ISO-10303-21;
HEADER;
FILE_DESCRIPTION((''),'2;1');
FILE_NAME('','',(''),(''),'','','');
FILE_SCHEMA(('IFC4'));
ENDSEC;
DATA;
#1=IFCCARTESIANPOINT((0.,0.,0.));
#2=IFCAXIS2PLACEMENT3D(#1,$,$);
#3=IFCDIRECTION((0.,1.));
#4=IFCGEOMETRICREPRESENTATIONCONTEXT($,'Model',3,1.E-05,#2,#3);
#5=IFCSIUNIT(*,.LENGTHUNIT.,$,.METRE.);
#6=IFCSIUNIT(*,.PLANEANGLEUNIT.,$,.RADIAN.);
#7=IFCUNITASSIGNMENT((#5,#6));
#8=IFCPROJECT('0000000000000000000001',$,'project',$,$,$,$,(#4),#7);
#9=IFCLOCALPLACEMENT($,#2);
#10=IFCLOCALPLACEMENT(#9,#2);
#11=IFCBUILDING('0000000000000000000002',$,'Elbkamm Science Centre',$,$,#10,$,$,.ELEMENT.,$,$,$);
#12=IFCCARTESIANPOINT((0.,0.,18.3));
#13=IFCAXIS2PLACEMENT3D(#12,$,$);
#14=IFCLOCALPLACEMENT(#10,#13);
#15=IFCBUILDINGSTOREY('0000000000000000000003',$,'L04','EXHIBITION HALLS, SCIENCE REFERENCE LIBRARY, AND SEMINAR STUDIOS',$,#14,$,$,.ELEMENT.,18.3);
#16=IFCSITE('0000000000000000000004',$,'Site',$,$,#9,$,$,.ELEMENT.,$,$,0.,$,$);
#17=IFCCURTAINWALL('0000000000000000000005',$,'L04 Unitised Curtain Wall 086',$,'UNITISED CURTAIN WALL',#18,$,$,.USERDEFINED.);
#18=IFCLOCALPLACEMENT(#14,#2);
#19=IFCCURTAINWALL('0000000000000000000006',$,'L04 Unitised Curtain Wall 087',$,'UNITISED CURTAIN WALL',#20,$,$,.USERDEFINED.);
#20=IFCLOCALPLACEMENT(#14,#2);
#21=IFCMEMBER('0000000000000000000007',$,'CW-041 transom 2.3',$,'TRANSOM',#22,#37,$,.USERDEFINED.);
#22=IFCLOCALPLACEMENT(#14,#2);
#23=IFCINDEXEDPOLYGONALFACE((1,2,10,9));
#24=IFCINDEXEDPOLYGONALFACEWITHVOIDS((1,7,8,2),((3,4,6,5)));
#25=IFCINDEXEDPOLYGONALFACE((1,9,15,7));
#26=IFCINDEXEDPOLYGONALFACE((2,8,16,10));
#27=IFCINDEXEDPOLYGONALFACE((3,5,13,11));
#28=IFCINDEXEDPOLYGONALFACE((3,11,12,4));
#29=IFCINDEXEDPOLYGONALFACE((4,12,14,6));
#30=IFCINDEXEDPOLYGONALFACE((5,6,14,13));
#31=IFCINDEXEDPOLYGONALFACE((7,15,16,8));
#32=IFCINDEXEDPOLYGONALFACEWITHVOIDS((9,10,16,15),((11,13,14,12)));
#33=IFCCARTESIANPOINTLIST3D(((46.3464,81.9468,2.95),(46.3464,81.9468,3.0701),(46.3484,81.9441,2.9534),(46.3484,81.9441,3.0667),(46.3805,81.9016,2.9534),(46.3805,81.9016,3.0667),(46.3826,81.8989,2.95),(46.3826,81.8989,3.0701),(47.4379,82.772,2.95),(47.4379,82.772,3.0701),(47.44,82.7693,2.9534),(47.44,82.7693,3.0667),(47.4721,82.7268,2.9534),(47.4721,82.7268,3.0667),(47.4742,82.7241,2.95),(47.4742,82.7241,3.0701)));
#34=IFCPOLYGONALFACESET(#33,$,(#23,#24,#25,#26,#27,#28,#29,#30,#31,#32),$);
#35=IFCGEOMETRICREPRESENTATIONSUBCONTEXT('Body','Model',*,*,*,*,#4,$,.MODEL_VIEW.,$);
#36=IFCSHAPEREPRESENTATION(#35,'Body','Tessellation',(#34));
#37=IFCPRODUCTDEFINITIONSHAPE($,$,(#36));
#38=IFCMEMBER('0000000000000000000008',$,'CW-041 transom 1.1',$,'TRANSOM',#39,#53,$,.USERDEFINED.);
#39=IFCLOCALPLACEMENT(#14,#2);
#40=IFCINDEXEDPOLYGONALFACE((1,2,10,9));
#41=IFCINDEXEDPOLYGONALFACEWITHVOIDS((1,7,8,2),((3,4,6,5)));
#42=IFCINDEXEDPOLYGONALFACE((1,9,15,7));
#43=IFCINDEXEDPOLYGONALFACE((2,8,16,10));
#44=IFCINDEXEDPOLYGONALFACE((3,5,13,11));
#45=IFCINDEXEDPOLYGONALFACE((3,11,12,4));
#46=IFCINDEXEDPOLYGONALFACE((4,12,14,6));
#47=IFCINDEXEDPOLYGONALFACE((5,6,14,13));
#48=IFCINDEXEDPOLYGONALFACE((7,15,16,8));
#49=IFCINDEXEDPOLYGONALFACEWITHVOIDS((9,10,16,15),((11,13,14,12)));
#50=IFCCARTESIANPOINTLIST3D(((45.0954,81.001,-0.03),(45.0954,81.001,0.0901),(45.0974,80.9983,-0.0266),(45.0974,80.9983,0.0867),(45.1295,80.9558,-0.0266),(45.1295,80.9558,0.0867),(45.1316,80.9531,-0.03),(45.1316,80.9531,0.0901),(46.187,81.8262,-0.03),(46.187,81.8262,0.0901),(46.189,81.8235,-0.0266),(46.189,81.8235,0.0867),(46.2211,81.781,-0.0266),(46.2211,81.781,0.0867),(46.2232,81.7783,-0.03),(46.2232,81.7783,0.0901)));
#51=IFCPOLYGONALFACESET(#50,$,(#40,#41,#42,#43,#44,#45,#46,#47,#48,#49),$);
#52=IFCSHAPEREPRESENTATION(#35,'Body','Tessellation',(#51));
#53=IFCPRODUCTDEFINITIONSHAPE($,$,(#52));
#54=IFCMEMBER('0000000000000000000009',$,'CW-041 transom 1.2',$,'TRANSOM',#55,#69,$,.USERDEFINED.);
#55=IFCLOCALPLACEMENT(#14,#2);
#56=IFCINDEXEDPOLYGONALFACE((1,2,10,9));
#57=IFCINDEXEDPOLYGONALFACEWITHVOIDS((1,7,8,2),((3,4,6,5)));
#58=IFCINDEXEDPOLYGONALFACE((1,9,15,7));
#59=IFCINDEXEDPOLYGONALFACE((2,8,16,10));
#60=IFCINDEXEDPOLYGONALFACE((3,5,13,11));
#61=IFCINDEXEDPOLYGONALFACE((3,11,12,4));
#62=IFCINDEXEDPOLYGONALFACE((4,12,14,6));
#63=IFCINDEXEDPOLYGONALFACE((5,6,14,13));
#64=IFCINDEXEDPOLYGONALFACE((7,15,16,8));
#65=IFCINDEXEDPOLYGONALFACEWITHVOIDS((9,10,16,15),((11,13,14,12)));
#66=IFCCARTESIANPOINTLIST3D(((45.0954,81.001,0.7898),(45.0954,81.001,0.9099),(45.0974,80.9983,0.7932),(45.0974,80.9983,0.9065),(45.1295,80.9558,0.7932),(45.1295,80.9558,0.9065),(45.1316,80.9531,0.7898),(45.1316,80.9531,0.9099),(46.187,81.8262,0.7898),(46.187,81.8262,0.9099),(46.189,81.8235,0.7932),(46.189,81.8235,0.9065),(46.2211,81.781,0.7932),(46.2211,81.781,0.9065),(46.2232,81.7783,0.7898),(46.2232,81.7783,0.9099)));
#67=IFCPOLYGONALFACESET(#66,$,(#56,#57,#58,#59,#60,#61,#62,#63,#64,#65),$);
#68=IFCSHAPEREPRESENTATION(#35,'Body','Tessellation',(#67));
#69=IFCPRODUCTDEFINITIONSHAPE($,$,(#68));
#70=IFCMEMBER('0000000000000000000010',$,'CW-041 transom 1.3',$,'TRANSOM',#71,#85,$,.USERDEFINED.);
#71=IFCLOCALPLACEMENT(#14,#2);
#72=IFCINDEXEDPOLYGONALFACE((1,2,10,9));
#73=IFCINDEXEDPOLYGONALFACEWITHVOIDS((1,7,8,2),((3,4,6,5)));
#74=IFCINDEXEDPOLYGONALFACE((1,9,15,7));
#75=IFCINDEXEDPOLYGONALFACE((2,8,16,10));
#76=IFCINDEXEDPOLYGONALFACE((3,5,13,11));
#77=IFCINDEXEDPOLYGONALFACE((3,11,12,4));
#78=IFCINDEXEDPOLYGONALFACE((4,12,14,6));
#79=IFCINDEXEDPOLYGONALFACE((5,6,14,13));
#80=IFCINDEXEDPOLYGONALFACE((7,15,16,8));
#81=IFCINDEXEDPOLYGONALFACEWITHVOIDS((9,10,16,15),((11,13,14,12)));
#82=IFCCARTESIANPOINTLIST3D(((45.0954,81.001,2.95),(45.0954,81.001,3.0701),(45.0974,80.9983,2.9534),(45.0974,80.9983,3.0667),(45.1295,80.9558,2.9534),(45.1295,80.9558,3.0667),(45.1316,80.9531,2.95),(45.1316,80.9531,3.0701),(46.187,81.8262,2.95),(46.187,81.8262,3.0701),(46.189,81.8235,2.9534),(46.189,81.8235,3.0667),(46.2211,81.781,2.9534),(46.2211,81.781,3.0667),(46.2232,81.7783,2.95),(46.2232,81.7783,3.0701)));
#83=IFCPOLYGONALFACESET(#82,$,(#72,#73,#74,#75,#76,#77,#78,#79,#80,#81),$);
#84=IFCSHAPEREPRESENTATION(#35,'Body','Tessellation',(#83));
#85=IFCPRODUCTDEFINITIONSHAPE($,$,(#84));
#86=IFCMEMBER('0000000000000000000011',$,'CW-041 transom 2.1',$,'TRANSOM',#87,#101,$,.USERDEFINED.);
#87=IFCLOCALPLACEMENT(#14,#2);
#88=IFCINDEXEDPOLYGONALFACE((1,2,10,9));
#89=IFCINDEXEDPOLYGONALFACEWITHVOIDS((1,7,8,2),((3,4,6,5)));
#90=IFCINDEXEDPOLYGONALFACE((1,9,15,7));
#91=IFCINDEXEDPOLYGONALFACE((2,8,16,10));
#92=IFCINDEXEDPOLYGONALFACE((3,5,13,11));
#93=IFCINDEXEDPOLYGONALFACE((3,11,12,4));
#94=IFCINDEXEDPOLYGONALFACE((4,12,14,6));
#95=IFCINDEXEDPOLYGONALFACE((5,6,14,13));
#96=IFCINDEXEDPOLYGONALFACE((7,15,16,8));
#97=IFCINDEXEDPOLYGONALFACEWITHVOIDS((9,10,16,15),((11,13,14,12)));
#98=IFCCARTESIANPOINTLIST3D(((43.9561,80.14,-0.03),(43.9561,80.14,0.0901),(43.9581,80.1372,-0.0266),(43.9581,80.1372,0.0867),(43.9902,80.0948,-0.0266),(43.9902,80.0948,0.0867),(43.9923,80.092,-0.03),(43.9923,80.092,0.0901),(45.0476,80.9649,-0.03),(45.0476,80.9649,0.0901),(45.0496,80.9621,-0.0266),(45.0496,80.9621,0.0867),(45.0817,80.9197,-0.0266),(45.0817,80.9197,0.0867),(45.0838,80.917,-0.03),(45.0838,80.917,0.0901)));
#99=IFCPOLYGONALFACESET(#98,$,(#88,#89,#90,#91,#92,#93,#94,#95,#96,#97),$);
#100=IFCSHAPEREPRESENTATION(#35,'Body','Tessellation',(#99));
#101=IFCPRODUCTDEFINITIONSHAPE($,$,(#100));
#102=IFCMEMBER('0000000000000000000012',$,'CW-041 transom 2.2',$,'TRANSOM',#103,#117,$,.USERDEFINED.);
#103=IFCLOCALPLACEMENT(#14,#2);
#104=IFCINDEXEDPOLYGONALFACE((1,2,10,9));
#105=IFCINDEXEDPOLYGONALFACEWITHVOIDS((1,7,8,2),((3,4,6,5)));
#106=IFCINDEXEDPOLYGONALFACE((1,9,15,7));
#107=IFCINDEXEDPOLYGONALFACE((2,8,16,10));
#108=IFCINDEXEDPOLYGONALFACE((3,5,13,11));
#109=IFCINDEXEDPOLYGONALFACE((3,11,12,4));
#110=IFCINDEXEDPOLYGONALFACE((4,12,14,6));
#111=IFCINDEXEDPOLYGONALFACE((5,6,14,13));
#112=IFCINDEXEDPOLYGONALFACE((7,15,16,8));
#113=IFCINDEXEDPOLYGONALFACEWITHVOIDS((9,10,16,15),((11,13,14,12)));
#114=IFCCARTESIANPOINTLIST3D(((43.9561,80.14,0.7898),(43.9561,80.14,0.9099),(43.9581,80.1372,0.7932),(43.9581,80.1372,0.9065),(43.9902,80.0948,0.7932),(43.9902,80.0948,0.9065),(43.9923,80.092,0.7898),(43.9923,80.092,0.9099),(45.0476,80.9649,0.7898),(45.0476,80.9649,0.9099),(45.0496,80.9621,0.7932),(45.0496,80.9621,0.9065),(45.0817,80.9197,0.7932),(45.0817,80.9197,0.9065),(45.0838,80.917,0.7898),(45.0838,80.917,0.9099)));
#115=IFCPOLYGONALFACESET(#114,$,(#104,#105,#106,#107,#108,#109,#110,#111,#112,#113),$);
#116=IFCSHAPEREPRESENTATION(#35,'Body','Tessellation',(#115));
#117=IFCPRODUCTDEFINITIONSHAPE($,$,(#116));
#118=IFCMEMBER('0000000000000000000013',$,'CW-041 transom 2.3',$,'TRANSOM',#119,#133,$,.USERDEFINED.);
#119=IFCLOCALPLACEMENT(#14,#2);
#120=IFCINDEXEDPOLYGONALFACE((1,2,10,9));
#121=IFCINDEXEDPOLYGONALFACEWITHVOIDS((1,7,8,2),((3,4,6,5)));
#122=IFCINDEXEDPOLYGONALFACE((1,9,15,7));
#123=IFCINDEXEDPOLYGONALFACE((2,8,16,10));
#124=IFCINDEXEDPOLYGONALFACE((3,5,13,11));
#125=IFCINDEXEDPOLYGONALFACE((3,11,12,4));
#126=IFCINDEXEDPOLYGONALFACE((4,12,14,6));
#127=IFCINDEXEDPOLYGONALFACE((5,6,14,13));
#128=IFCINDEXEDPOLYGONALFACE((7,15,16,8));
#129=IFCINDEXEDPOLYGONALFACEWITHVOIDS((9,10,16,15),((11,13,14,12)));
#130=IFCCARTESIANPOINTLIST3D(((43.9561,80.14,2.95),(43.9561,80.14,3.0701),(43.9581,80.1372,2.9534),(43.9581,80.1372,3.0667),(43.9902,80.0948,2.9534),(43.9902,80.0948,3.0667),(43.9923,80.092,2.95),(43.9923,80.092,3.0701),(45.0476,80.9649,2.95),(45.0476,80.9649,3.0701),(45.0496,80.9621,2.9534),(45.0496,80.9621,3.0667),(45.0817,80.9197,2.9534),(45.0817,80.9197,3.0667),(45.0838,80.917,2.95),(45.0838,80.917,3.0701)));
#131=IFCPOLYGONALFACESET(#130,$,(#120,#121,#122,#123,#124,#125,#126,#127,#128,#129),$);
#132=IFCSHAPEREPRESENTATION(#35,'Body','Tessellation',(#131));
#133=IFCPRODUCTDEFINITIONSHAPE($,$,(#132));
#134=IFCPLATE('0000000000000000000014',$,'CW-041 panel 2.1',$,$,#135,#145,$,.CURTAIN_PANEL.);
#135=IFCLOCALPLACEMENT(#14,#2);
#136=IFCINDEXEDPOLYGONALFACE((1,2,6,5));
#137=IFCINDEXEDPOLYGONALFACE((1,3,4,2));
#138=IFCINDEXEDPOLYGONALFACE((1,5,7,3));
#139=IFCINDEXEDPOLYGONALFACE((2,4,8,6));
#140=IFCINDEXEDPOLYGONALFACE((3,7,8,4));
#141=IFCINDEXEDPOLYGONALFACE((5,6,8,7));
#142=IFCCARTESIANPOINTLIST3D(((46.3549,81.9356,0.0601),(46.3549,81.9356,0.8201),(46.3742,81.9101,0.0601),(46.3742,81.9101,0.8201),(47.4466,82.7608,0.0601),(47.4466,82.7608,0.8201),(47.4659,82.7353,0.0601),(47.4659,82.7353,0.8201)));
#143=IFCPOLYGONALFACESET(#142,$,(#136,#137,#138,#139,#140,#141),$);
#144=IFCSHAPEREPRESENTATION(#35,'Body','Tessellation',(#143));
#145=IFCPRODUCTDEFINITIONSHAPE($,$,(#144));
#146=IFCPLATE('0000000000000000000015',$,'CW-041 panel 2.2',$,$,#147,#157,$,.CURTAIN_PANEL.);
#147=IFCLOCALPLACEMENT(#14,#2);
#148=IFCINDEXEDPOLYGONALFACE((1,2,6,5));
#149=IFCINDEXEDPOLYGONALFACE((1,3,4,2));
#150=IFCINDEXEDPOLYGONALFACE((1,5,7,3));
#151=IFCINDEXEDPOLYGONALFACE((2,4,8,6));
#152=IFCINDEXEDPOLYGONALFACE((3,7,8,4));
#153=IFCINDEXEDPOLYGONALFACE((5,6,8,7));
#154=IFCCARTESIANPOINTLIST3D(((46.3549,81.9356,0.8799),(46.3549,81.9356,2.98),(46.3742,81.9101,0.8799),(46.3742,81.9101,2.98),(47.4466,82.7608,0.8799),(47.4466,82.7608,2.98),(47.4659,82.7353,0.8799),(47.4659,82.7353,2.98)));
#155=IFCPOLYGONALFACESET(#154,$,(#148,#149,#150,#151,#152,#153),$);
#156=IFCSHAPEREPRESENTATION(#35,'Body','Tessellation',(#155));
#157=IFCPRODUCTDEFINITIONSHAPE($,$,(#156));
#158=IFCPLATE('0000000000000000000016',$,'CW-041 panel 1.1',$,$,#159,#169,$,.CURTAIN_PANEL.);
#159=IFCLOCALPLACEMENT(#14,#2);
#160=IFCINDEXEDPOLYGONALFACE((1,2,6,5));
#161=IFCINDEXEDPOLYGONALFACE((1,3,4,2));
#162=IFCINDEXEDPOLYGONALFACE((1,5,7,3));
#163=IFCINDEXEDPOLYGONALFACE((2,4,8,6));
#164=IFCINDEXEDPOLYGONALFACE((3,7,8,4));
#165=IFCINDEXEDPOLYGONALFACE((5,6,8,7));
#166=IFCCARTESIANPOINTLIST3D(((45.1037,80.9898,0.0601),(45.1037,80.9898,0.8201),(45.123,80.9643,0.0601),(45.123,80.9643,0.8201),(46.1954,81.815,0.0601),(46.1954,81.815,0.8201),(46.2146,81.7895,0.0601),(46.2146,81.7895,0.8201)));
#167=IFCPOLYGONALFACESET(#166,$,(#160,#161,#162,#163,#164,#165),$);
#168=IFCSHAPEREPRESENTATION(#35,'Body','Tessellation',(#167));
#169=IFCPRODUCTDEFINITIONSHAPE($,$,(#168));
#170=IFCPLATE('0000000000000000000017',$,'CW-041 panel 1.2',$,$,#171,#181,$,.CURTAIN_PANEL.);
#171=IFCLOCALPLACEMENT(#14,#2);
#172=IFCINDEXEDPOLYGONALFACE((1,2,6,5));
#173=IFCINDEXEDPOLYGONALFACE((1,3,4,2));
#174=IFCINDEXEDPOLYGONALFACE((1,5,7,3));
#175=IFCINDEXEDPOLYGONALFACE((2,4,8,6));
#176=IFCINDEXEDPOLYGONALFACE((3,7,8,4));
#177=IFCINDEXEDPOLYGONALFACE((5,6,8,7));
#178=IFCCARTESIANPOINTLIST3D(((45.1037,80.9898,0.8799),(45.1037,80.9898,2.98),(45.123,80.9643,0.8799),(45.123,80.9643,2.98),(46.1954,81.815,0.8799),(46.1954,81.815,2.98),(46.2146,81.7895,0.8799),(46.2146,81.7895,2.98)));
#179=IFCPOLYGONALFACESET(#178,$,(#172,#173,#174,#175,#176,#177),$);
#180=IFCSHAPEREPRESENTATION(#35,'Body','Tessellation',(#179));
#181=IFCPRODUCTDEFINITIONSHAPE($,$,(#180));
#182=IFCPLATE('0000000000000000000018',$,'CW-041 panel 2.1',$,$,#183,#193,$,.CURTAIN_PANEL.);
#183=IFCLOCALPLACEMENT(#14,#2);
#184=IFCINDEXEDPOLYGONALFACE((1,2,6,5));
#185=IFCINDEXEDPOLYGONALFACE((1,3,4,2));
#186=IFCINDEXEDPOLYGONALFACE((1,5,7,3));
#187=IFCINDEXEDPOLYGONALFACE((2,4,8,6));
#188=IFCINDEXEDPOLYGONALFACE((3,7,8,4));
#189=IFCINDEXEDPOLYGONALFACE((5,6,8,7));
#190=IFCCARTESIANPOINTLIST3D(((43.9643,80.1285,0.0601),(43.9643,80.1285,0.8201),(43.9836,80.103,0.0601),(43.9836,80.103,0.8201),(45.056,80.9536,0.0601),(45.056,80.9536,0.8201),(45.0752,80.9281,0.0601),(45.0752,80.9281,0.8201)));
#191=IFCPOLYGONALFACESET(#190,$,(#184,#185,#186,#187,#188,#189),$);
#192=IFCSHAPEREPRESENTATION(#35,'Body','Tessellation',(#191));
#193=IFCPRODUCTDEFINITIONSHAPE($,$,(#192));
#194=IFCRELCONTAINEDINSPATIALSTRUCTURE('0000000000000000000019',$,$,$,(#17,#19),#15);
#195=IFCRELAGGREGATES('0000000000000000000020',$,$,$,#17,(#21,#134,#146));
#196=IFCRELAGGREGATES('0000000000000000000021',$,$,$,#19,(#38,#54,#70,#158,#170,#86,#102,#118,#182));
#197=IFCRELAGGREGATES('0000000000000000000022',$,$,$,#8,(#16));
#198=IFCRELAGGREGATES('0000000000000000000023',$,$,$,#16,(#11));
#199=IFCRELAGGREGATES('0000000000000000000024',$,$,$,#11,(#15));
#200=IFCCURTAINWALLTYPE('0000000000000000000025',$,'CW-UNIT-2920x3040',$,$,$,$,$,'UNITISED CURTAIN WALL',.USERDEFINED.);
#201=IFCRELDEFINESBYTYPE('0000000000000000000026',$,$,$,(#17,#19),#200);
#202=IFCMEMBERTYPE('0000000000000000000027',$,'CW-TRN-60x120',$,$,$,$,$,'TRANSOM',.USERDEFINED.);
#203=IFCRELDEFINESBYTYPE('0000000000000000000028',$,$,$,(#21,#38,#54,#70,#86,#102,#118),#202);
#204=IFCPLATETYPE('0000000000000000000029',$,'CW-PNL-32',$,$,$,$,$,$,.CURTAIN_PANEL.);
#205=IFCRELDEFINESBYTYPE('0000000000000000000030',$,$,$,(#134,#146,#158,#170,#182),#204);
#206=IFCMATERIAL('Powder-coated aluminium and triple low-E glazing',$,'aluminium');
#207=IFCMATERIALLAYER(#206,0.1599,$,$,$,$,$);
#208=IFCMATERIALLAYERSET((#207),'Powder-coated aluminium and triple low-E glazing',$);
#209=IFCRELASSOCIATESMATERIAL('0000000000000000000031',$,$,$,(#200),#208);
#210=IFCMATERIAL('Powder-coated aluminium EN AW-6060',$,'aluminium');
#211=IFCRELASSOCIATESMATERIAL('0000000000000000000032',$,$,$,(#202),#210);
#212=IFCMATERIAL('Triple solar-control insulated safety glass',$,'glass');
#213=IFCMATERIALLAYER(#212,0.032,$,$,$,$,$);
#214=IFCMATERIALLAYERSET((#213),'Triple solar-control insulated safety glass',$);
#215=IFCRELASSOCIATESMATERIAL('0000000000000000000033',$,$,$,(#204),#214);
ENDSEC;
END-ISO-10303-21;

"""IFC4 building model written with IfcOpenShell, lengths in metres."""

from ifc_helpers import new_model, si_unit, direction, frame, origin, origin_2d, place, context, subcontext, project, spatial, rectangle, hollow_rectangle, extrude, material, layer, layer_set, material_profile, profile_set, type_object, element, aggregate, save


model = new_model("IFC4")

# Units and contexts
model_context = context("Model", 3, precision=1e-05, world=origin(), true_north=direction((0.0, 1.0)))
body_context = subcontext(model_context, "Body", "Model", "MODEL_VIEW")
ifc_project = project(units=[si_unit("LENGTHUNIT", "METRE"), si_unit("PLANEANGLEUNIT", "RADIAN")], contexts=[model_context])

# Site, building, storey
site_placement = place(None, origin())
site = spatial("IfcSite", under=ifc_project, at=site_placement, Name="Site", CompositionType="ELEMENT", RefElevation=0.0)
building_placement = place(site_placement, origin())
building = spatial("IfcBuilding", under=site, at=building_placement, Name="Elbkamm Science Centre", CompositionType="ELEMENT")
storey_placement = place(building_placement, frame((0.0, 0.0, 18.3)))
storey = spatial("IfcBuildingStorey", under=building, at=storey_placement, Name="L04", Description="EXHIBITION HALLS, SCIENCE REFERENCE LIBRARY, AND SEMINAR STUDIOS", CompositionType="ELEMENT", Elevation=18.3)

# Curtain walls
ifc_material_1 = material(Name="Powder-coated aluminium and triple low-E glazing", Category="aluminium")
ifc_layer_1 = layer(ifc_material_1, 0.1599)
ifc_layer_set_1 = layer_set([ifc_layer_1], Name="Powder-coated aluminium and triple low-E glazing")
curtain_wall_type = type_object("IfcCurtainWallType", Name="CW-UNIT-2920x3040", ElementType="UNITISED CURTAIN WALL", PredefinedType="USERDEFINED", material=ifc_layer_set_1)
curtain_wall_1_placement = place(storey_placement, origin())
curtain_wall_1 = element("IfcCurtainWall", 1, at=curtain_wall_1_placement, inside=storey, type_object=curtain_wall_type, Name="L04 Unitised Curtain Wall 086", ObjectType="UNITISED CURTAIN WALL", PredefinedType="USERDEFINED")
ifc_material_2 = material(Name="Powder-coated aluminium EN AW-6060", Category="aluminium")
curtain_wall_2_placement = place(storey_placement, origin())
curtain_wall_2 = element("IfcCurtainWall", 2, at=curtain_wall_2_placement, inside=storey, type_object=curtain_wall_type, Name="L04 Unitised Curtain Wall 087", ObjectType="UNITISED CURTAIN WALL", PredefinedType="USERDEFINED")

# Members
ifc_material_profile_1 = material_profile(ifc_material_2, hollow_rectangle(XDim=0.0601, YDim=0.1201, WallThickness=0.0034, at=origin_2d()), Name="ALU T60x120")
ifc_profile_set_1 = profile_set([ifc_material_profile_1], Name="Powder-coated aluminium EN AW-6060")
member_type_1 = type_object("IfcMemberType", Name="CW-TRN-60x120", ElementType="TRANSOM", PredefinedType="USERDEFINED", material=ifc_profile_set_1)
member_1_placement = place(storey_placement, frame((47.4561, 82.748, 3.01), z_axis=(-0.797703, -0.60305, 0.0), x_axis=(0.60305, -0.797703, 0.0)))
member_1 = element("IfcMember", 3, at=member_1_placement, type_object=member_type_1, Name="CW-041 transom 2.3", ObjectType="TRANSOM", PredefinedType="USERDEFINED", context=body_context, shape_type="SweptSolid", body=[
    extrude(hollow_rectangle(XDim=0.0601, YDim=0.1201, WallThickness=0.0034, at=origin_2d()), origin(), (0.0, 0.0, 1.0), 1.3684),
])
member_2_placement = place(storey_placement, frame((46.2051, 81.8022, 0.03), z_axis=(-0.797703, -0.60305, 0.0), x_axis=(0.60305, -0.797703, 0.0)))
member_2 = element("IfcMember", 4, at=member_2_placement, type_object=member_type_1, Name="CW-041 transom 1.1", ObjectType="TRANSOM", PredefinedType="USERDEFINED", context=body_context, shape_type="SweptSolid", body=[
    extrude(hollow_rectangle(XDim=0.0601, YDim=0.1201, WallThickness=0.0034, at=origin_2d()), origin(), (0.0, 0.0, 1.0), 1.3684),
])
member_3_placement = place(storey_placement, frame((46.2051, 81.8022, 0.8499), z_axis=(-0.797703, -0.60305, 0.0), x_axis=(0.60305, -0.797703, 0.0)))
member_3 = element("IfcMember", 5, at=member_3_placement, type_object=member_type_1, Name="CW-041 transom 1.2", ObjectType="TRANSOM", PredefinedType="USERDEFINED", context=body_context, shape_type="SweptSolid", body=[
    extrude(hollow_rectangle(XDim=0.0601, YDim=0.1201, WallThickness=0.0034, at=origin_2d()), origin(), (0.0, 0.0, 1.0), 1.3684),
])
member_4_placement = place(storey_placement, frame((46.2051, 81.8022, 3.01), z_axis=(-0.797703, -0.60305, 0.0), x_axis=(0.60305, -0.797703, 0.0)))
member_4 = element("IfcMember", 6, at=member_4_placement, type_object=member_type_1, Name="CW-041 transom 1.3", ObjectType="TRANSOM", PredefinedType="USERDEFINED", context=body_context, shape_type="SweptSolid", body=[
    extrude(hollow_rectangle(XDim=0.0601, YDim=0.1201, WallThickness=0.0034, at=origin_2d()), origin(), (0.0, 0.0, 1.0), 1.3684),
])
member_5_placement = place(storey_placement, frame((45.0657, 80.9409, 0.03), z_axis=(-0.797789, -0.602937, 0.0), x_axis=(0.602937, -0.797789, 0.0)))
member_5 = element("IfcMember", 7, at=member_5_placement, type_object=member_type_1, Name="CW-041 transom 2.1", ObjectType="TRANSOM", PredefinedType="USERDEFINED", context=body_context, shape_type="SweptSolid", body=[
    extrude(hollow_rectangle(XDim=0.0601, YDim=0.1201, WallThickness=0.0034, at=origin_2d()), origin(), (0.0, 0.0, 1.0), 1.3682),
])
member_6_placement = place(storey_placement, frame((45.0657, 80.9409, 0.8499), z_axis=(-0.797789, -0.602937, 0.0), x_axis=(0.602937, -0.797789, 0.0)))
member_6 = element("IfcMember", 8, at=member_6_placement, type_object=member_type_1, Name="CW-041 transom 2.2", ObjectType="TRANSOM", PredefinedType="USERDEFINED", context=body_context, shape_type="SweptSolid", body=[
    extrude(hollow_rectangle(XDim=0.0601, YDim=0.1201, WallThickness=0.0034, at=origin_2d()), origin(), (0.0, 0.0, 1.0), 1.3682),
])
member_7_placement = place(storey_placement, frame((45.0657, 80.9409, 3.01), z_axis=(-0.797789, -0.602937, 0.0), x_axis=(0.602937, -0.797789, 0.0)))
member_7 = element("IfcMember", 9, at=member_7_placement, type_object=member_type_1, Name="CW-041 transom 2.3", ObjectType="TRANSOM", PredefinedType="USERDEFINED", context=body_context, shape_type="SweptSolid", body=[
    extrude(hollow_rectangle(XDim=0.0601, YDim=0.1201, WallThickness=0.0034, at=origin_2d()), origin(), (0.0, 0.0, 1.0), 1.3682),
])

# Plates
ifc_material_3 = material(Name="Triple solar-control insulated safety glass", Category="glass")
ifc_layer_2 = layer(ifc_material_3, 0.032)
ifc_layer_set_2 = layer_set([ifc_layer_2], Name="Triple solar-control insulated safety glass")
plate_type = type_object("IfcPlateType", Name="CW-PNL-32", PredefinedType="CURTAIN_PANEL", material=ifc_layer_set_2)
plate_1_placement = place(storey_placement, frame((46.9104, 82.3354, 0.0601), z_axis=(0.0, 0.0, 1.0), x_axis=(-0.797744, -0.602997, 0.0)))
plate_1 = element("IfcPlate", 10, at=plate_1_placement, type_object=plate_type, Name="CW-041 panel 2.1", PredefinedType="CURTAIN_PANEL", context=body_context, shape_type="SweptSolid", body=[
    extrude(rectangle(XDim=1.3684, YDim=0.032, at=origin_2d()), origin(), (0.0, 0.0, 1.0), 0.76),
])
plate_2_placement = place(storey_placement, frame((46.9104, 82.3354, 0.8799), z_axis=(0.0, 0.0, 1.0), x_axis=(-0.797744, -0.602997, 0.0)))
plate_2 = element("IfcPlate", 11, at=plate_2_placement, type_object=plate_type, Name="CW-041 panel 2.2", PredefinedType="CURTAIN_PANEL", context=body_context, shape_type="SweptSolid", body=[
    extrude(rectangle(XDim=1.3684, YDim=0.032, at=origin_2d()), origin(), (0.0, 0.0, 1.0), 2.1001),
])
aggregate(curtain_wall_1, [member_1, plate_1, plate_2])
plate_3_placement = place(storey_placement, frame((45.6592, 81.3896, 0.0601), z_axis=(0.0, 0.0, 1.0), x_axis=(-0.797744, -0.602997, 0.0)))
plate_3 = element("IfcPlate", 12, at=plate_3_placement, type_object=plate_type, Name="CW-041 panel 1.1", PredefinedType="CURTAIN_PANEL", context=body_context, shape_type="SweptSolid", body=[
    extrude(rectangle(XDim=1.3684, YDim=0.032, at=origin_2d()), origin(), (0.0, 0.0, 1.0), 0.76),
])
plate_4_placement = place(storey_placement, frame((45.6592, 81.3896, 0.8799), z_axis=(0.0, 0.0, 1.0), x_axis=(-0.797744, -0.602997, 0.0)))
plate_4 = element("IfcPlate", 13, at=plate_4_placement, type_object=plate_type, Name="CW-041 panel 1.2", PredefinedType="CURTAIN_PANEL", context=body_context, shape_type="SweptSolid", body=[
    extrude(rectangle(XDim=1.3684, YDim=0.032, at=origin_2d()), origin(), (0.0, 0.0, 1.0), 2.1001),
])
plate_5_placement = place(storey_placement, frame((44.5198, 80.5283, 0.0601), z_axis=(0.0, 0.0, 1.0), x_axis=(-0.797744, -0.602997, 0.0)))
plate_5 = element("IfcPlate", 14, at=plate_5_placement, type_object=plate_type, Name="CW-041 panel 2.1", PredefinedType="CURTAIN_PANEL", context=body_context, shape_type="SweptSolid", body=[
    extrude(rectangle(XDim=1.3684, YDim=0.032, at=origin_2d()), origin(), (0.0, 0.0, 1.0), 0.76),
])
aggregate(curtain_wall_2, [member_2, member_3, member_4, plate_3, plate_4, member_5, member_6, member_7, plate_5])

save(model, "model.ifc")
